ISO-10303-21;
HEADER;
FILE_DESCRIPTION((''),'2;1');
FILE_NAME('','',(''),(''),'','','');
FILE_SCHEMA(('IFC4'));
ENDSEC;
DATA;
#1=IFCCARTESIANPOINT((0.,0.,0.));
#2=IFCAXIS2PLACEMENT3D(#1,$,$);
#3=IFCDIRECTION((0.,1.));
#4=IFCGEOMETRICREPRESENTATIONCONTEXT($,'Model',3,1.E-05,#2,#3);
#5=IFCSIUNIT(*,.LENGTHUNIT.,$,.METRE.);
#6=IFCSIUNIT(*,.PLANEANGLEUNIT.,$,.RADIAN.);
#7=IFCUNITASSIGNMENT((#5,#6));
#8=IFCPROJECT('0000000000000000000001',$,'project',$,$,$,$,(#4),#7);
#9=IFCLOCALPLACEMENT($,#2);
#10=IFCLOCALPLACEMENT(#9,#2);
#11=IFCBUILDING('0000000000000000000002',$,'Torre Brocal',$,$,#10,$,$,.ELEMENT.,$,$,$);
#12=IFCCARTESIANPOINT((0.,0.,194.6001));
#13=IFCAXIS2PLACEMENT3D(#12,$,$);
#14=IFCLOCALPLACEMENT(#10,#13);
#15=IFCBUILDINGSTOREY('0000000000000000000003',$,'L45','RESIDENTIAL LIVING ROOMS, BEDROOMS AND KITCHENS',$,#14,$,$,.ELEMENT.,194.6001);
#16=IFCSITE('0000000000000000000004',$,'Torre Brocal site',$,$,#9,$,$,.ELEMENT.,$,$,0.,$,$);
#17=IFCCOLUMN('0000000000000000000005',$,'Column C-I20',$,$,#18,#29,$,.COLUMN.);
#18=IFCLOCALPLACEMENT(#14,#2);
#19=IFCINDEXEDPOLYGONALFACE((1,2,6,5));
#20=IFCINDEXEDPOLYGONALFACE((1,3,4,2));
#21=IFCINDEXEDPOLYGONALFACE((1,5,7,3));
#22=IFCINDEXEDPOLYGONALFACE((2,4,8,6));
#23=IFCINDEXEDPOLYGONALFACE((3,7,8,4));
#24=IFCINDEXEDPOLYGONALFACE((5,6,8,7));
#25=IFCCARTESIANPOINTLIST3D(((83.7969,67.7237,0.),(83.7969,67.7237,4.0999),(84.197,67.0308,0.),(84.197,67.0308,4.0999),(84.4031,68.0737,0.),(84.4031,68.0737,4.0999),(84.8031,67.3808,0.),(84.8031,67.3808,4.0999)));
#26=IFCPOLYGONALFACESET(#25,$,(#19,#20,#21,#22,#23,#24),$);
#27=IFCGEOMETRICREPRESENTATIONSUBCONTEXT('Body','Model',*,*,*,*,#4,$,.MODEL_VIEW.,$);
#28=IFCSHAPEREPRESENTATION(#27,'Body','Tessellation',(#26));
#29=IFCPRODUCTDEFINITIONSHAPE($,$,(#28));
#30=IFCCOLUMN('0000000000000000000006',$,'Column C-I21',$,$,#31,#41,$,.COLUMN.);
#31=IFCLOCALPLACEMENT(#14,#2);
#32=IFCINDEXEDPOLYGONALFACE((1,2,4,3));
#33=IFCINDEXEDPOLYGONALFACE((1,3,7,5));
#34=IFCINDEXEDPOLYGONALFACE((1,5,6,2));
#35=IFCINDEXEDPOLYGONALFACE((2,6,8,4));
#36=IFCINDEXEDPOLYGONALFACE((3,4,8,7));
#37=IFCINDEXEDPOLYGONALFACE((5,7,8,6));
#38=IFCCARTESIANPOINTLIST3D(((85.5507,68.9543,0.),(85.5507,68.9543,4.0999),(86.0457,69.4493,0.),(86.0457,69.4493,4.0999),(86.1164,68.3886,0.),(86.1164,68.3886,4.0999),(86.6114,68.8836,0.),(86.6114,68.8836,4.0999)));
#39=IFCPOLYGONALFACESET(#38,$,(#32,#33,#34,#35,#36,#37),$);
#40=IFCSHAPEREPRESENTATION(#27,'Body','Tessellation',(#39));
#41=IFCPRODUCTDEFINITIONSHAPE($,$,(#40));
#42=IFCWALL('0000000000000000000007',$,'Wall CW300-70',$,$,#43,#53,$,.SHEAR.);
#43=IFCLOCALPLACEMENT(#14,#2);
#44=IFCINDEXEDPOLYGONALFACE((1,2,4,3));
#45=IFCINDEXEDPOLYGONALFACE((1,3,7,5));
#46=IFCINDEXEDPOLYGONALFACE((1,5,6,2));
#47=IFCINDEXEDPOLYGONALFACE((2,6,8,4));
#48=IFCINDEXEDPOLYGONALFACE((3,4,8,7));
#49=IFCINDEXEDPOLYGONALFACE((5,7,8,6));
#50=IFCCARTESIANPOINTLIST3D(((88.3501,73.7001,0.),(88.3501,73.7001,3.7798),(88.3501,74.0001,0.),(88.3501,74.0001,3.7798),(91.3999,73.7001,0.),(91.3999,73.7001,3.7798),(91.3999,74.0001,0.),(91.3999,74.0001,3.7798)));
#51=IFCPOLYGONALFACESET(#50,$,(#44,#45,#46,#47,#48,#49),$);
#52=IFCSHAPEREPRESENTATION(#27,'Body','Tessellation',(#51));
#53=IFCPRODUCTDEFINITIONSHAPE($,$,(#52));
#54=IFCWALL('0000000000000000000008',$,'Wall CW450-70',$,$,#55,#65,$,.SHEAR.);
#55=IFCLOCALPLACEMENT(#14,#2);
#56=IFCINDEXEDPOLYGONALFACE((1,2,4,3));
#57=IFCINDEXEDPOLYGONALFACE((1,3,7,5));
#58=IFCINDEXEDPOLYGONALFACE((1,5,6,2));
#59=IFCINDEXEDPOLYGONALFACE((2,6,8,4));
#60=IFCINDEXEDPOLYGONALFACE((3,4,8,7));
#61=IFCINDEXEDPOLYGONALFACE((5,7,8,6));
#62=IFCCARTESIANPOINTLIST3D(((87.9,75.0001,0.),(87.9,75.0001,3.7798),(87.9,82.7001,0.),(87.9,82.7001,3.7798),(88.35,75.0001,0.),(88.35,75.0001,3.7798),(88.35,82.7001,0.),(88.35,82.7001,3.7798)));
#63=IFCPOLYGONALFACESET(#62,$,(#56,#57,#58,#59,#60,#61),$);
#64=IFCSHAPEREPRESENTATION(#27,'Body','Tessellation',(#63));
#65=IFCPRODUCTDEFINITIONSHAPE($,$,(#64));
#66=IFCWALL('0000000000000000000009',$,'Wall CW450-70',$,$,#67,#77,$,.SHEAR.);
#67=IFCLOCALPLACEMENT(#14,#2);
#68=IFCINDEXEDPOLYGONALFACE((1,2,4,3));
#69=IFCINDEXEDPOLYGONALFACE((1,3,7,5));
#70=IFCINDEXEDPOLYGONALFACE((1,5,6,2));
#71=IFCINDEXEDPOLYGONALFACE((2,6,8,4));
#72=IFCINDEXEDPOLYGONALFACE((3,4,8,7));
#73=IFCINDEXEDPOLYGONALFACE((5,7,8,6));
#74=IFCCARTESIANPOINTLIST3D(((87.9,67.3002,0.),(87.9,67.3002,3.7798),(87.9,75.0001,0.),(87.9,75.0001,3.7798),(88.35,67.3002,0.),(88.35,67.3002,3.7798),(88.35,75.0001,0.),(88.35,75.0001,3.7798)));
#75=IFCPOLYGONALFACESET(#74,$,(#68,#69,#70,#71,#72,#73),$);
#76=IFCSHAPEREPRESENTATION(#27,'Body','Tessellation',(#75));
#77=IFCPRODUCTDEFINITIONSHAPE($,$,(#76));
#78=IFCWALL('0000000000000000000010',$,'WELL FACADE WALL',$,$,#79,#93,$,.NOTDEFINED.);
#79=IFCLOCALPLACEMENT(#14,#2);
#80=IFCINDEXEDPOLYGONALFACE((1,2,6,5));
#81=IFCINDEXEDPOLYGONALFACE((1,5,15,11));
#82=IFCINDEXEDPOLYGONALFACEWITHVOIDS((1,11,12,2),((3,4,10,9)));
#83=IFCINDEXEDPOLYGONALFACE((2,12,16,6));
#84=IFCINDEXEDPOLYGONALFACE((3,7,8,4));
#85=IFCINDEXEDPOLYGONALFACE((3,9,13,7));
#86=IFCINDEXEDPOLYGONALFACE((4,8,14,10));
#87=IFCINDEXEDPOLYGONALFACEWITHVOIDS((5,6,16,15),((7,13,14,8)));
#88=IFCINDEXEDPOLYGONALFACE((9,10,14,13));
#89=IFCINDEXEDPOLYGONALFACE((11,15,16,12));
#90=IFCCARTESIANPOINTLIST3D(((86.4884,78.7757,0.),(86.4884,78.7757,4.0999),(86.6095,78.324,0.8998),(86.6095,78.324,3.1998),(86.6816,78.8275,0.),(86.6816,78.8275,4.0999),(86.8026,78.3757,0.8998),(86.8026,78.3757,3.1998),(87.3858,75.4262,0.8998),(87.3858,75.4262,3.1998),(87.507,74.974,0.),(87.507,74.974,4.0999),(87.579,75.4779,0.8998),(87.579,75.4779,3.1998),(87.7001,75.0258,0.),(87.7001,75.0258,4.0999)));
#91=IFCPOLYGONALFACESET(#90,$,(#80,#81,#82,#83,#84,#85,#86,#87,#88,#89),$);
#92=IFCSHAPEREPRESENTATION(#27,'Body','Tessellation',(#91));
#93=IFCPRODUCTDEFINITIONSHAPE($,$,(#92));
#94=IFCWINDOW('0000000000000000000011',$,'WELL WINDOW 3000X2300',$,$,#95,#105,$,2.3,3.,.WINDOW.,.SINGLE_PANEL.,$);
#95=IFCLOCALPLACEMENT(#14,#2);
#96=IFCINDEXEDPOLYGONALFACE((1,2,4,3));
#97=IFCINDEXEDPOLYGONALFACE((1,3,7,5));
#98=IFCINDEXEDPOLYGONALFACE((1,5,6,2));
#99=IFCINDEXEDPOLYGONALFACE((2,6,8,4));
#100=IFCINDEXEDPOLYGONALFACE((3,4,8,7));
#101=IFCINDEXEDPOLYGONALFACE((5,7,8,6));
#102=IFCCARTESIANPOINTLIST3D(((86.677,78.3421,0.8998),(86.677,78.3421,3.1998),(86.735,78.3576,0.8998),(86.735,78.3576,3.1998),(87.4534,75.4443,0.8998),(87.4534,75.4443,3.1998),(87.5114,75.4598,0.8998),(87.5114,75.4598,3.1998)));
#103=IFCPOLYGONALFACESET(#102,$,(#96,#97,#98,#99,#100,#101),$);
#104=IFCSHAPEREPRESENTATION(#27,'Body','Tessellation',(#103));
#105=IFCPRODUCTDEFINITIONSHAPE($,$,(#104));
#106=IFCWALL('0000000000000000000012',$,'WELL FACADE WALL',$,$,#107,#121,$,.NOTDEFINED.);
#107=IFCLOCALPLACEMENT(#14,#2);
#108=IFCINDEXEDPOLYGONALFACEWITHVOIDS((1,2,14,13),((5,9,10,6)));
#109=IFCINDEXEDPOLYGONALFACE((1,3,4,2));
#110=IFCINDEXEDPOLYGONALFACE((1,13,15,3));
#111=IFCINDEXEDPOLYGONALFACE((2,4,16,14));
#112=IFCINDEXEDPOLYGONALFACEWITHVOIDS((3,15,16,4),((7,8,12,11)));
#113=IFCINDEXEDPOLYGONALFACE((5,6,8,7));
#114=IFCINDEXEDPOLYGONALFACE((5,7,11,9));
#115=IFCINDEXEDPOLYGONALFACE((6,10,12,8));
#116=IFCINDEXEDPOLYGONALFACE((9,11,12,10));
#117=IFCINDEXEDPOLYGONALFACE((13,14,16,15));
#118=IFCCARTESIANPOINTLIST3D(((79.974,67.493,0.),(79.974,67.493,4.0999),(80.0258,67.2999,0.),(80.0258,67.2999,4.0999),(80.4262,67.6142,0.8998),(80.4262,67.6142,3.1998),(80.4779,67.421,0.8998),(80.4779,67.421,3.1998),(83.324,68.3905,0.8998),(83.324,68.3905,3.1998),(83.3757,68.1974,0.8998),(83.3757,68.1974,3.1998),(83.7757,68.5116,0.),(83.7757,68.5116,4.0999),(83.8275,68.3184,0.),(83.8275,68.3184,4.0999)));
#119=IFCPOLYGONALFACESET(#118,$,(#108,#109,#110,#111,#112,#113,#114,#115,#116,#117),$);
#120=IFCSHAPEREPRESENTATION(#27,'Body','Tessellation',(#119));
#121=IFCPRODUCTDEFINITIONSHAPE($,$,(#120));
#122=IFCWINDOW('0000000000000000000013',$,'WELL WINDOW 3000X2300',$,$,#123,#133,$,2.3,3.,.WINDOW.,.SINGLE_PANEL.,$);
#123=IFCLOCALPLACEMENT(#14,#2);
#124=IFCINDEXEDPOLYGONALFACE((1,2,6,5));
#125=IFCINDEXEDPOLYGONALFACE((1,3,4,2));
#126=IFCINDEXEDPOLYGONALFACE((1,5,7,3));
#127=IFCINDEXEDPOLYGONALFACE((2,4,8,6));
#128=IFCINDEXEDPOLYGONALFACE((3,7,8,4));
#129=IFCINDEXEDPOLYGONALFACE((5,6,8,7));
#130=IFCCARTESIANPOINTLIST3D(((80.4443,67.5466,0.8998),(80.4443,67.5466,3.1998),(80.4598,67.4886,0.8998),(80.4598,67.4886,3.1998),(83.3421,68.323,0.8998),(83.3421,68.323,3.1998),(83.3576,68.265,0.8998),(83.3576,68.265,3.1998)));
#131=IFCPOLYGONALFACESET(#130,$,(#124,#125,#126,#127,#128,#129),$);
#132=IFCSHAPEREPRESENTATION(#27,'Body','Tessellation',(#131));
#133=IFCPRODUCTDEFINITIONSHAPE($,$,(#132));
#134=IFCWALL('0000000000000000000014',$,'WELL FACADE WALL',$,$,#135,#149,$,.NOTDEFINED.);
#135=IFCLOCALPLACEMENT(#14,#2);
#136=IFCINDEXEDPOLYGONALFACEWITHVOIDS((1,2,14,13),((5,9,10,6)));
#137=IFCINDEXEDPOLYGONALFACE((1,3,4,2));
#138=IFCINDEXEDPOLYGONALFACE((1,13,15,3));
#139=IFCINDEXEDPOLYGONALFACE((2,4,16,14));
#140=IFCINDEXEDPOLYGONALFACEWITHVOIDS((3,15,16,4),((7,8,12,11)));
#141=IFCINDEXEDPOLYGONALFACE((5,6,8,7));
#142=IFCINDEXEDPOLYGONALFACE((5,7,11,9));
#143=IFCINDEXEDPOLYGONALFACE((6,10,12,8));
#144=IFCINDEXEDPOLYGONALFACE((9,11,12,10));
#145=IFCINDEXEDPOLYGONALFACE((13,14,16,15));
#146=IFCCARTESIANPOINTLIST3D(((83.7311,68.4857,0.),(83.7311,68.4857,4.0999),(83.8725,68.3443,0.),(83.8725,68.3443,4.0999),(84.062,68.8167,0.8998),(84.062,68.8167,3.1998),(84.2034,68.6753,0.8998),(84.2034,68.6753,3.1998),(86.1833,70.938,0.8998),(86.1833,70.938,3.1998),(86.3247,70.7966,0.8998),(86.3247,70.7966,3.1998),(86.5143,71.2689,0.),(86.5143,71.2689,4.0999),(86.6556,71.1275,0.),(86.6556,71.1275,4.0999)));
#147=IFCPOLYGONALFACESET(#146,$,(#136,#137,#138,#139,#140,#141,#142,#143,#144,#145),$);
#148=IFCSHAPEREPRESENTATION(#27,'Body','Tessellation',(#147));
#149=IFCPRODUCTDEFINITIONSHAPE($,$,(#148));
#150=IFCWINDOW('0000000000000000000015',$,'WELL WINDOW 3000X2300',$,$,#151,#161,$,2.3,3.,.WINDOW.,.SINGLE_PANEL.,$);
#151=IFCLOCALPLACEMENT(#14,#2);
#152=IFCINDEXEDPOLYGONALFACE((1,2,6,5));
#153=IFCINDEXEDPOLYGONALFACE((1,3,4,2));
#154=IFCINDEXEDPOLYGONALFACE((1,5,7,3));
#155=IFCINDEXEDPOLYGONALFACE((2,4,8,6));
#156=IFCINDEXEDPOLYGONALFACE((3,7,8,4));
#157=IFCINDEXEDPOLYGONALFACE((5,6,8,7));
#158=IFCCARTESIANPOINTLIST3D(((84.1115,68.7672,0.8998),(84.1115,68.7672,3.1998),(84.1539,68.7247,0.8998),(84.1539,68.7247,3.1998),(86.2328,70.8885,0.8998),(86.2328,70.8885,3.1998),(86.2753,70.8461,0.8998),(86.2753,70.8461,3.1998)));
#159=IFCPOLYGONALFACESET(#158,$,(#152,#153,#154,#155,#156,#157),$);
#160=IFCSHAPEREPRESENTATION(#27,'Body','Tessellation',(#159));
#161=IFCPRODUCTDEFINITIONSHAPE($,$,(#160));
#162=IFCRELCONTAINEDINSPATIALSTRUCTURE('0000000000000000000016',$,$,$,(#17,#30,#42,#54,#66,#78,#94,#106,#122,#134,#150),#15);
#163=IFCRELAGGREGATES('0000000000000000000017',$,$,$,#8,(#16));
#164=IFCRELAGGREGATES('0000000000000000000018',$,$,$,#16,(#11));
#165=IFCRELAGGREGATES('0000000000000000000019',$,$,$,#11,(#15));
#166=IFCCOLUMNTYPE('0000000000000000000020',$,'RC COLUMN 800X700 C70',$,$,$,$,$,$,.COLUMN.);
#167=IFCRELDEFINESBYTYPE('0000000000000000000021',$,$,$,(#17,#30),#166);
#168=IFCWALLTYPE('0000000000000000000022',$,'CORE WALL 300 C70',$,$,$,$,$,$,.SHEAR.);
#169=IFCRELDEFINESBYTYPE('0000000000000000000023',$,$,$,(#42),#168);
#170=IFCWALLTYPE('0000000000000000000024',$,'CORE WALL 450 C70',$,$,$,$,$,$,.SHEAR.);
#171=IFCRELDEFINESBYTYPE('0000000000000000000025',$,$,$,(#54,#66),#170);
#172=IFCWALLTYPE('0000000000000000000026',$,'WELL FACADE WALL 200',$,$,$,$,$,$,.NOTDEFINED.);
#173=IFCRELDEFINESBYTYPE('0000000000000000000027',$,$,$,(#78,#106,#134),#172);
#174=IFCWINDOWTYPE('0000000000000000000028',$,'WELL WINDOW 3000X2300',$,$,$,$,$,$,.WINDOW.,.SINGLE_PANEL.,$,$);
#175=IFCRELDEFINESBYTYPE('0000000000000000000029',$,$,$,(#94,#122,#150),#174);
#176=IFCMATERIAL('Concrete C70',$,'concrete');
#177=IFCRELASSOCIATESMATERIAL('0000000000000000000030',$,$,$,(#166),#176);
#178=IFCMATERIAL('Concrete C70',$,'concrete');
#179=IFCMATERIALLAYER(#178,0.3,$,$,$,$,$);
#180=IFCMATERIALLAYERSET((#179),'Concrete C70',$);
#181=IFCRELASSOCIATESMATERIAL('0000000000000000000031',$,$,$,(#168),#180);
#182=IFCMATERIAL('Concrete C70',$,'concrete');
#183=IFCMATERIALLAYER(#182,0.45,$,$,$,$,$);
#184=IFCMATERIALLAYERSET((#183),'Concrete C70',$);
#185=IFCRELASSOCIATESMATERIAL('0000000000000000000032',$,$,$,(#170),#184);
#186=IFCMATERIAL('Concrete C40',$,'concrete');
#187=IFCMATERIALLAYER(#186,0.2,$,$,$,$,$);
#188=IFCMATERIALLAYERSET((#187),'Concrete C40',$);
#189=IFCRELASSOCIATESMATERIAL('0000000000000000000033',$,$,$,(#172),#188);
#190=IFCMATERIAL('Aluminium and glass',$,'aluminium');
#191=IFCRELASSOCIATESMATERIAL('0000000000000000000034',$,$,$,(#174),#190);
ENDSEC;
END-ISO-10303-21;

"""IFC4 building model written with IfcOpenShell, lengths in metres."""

from ifc_helpers import new_model, si_unit, direction, frame, frame_2d, origin, origin_2d, place, context, subcontext, project, spatial, rectangle, extrude, material, layer, layer_set, material_profile, profile_set, type_object, element, fill, save


model = new_model("IFC4")

# Units and contexts
model_context = context("Model", 3, precision=1e-05, world=origin(), true_north=direction((0.0, 1.0)))
body_context = subcontext(model_context, "Body", "Model", "MODEL_VIEW")
ifc_project = project(units=[si_unit("LENGTHUNIT", "METRE"), si_unit("PLANEANGLEUNIT", "RADIAN")], contexts=[model_context])

# Site, building, storey
site_placement = place(None, origin())
site = spatial("IfcSite", under=ifc_project, at=site_placement, Name="Torre Brocal site", CompositionType="ELEMENT", RefElevation=0.0)
building_placement = place(site_placement, origin())
building = spatial("IfcBuilding", under=site, at=building_placement, Name="Torre Brocal", CompositionType="ELEMENT")
storey_placement = place(building_placement, frame((0.0, 0.0, 194.6001)))
storey = spatial("IfcBuildingStorey", under=building, at=storey_placement, Name="L45", Description="RESIDENTIAL LIVING ROOMS, BEDROOMS AND KITCHENS", CompositionType="ELEMENT", Elevation=194.6001)

# Columns
ifc_material_1 = material(Name="Concrete C70", Category="concrete")
ifc_material_profile = material_profile(ifc_material_1, rectangle(XDim=0.8, YDim=0.7, at=origin_2d()), Name="RC 800X700")
ifc_profile_set = profile_set([ifc_material_profile], Name="Concrete C70")
column_type = type_object("IfcColumnType", Name="RC COLUMN 800X700 C70", PredefinedType="COLUMN", material=ifc_profile_set)
for number, where, z_axis, x_axis, name in (
    (1, (84.3, 67.5522, 0.0), (0.0, 0.0, 1.0), (0.5, -0.866025, 0.0), "Column C-I20"),
    (2, (86.0811, 68.9189, 0.0), (0.0, 0.0, 1.0), (0.707107, -0.707107, 0.0), "Column C-I21"),
):
    element("IfcColumn", number, at=place(storey_placement, frame(where, z_axis=z_axis, x_axis=x_axis)), inside=storey, type_object=column_type, Name=name, PredefinedType="COLUMN", context=body_context, shape_type="SweptSolid", body=[
        extrude(rectangle(XDim=0.8, YDim=0.7, at=origin_2d()), origin(), (0.0, 0.0, 1.0), 4.0999),
    ])

# Walls
ifc_material_2 = material(Name="Concrete C70", Category="concrete")
ifc_layer_1 = layer(ifc_material_2, 0.3)
ifc_layer_set_1 = layer_set([ifc_layer_1], Name="Concrete C70")
wall_type_1 = type_object("IfcWallType", Name="CORE WALL 300 C70", PredefinedType="SHEAR", material=ifc_layer_set_1)
wall_1_placement = place(storey_placement, frame((88.3501, 73.8501, 0.0), z_axis=(0.0, 0.0, 1.0), x_axis=(1.0, 0.0, 0.0)))
element("IfcWall", 3, at=wall_1_placement, inside=storey, type_object=wall_type_1, Name="Wall CW300-70", PredefinedType="SHEAR", context=body_context, shape_type="SweptSolid", body=[
    extrude(rectangle(XDim=3.0498, YDim=0.3, at=frame_2d((1.5249, 0.0))), origin(), (0.0, 0.0, 1.0), 3.7798),
])
ifc_material_3 = material(Name="Concrete C70", Category="concrete")
ifc_layer_2 = layer(ifc_material_3, 0.45)
ifc_layer_set_2 = layer_set([ifc_layer_2], Name="Concrete C70")
wall_type_2 = type_object("IfcWallType", Name="CORE WALL 450 C70", PredefinedType="SHEAR", material=ifc_layer_set_2)
for number, where, z_axis, x_axis, name in (
    (4, (88.125, 75.0, 0.0), (0.0, 0.0, 1.0), (0.0, 1.0, 0.0), "Wall CW450-70"),
    (5, (88.125, 67.3, 0.0), (0.0, 0.0, 1.0), (0.0, 1.0, 0.0), "Wall CW450-70"),
):
    element("IfcWall", number, at=place(storey_placement, frame(where, z_axis=z_axis, x_axis=x_axis)), inside=storey, type_object=wall_type_2, Name=name, PredefinedType="SHEAR", context=body_context, shape_type="SweptSolid", body=[
        extrude(rectangle(XDim=7.7, YDim=0.45, at=frame_2d((3.8501, 0.0))), origin(), (0.0, 0.0, 1.0), 3.7798),
    ])

# Walls, openings, windows
ifc_material_4 = material(Name="Concrete C40", Category="concrete")
ifc_layer_3 = layer(ifc_material_4, 0.2)
ifc_layer_set_3 = layer_set([ifc_layer_3], Name="Concrete C40")
wall_type_3 = type_object("IfcWallType", Name="WELL FACADE WALL 200", PredefinedType="NOTDEFINED", material=ifc_layer_set_3)
wall_2_placement = place(storey_placement, frame((87.6035, 75.0, 0.0), z_axis=(0.0, 0.0, 1.0), x_axis=(-0.25879, 0.965934, 0.0)))
wall_2 = element("IfcWall", 6, at=wall_2_placement, inside=storey, type_object=wall_type_3, Name="WELL FACADE WALL", PredefinedType="NOTDEFINED", context=body_context, shape_type="SweptSolid", body=[
    extrude(rectangle(XDim=3.9358, YDim=0.2, at=frame_2d((1.9678, 0.0))), origin(), (0.0, 0.0, 1.0), 4.0999),
])
opening_1_placement = place(wall_2_placement, frame((0.468, 0.0, 0.8999)))
opening_1 = element("IfcOpeningElement", 7, at=opening_1_placement, cuts=wall_2, PredefinedType="OPENING", context=body_context, shape_type="SweptSolid", body=[
    extrude(rectangle(XDim=3.0, YDim=2.3, at=frame_2d((1.5, 1.1499))), frame((0.0, 0.1099, 0.0), z_axis=(0.0, -1.0, 0.0), x_axis=(1.0, 0.0, 0.0)), (0.0, 0.0, 1.0), 0.22),
])
ifc_material_5 = material(Name="Aluminium and glass", Category="aluminium")
window_type = type_object("IfcWindowType", Name="WELL WINDOW 3000X2300", PartitioningType="SINGLE_PANEL", PredefinedType="WINDOW", material=ifc_material_5)
window_1_placement = place(opening_1_placement, origin())
window_1 = element("IfcWindow", 8, at=window_1_placement, inside=storey, type_object=window_type, Name="WELL WINDOW 3000X2300", OverallHeight=2.3, OverallWidth=3.0, PartitioningType="SINGLE_PANEL", PredefinedType="WINDOW", context=body_context, shape_type="SweptSolid", body=[
    extrude(rectangle(XDim=3.0, YDim=2.3, at=frame_2d((1.5, 1.1499))), frame((0.0, 0.03, 0.0), z_axis=(0.0, -1.0, 0.0), x_axis=(1.0, 0.0, 0.0)), (0.0, 0.0, 1.0), 0.0601),
])
fill(opening_1, window_1)
wall_3_placement = place(storey_placement, frame((80.0, 67.3965, 0.0), z_axis=(0.0, 0.0, 1.0), x_axis=(0.965934, 0.25879, 0.0)))
wall_3 = element("IfcWall", 9, at=wall_3_placement, inside=storey, type_object=wall_type_3, Name="WELL FACADE WALL", PredefinedType="NOTDEFINED", context=body_context, shape_type="SweptSolid", body=[
    extrude(rectangle(XDim=3.9358, YDim=0.2, at=frame_2d((1.9678, 0.0))), origin(), (0.0, 0.0, 1.0), 4.0999),
])
opening_2_placement = place(wall_3_placement, frame((0.468, 0.0, 0.8999)))
opening_2 = element("IfcOpeningElement", 10, at=opening_2_placement, cuts=wall_3, PredefinedType="OPENING", context=body_context, shape_type="SweptSolid", body=[
    extrude(rectangle(XDim=3.0, YDim=2.3, at=frame_2d((1.5, 1.1499))), frame((0.0, 0.1099, 0.0), z_axis=(0.0, -1.0, 0.0), x_axis=(1.0, 0.0, 0.0)), (0.0, 0.0, 1.0), 0.22),
])
window_2_placement = place(opening_2_placement, origin())
window_2 = element("IfcWindow", 11, at=window_2_placement, inside=storey, type_object=window_type, Name="WELL WINDOW 3000X2300", OverallHeight=2.3, OverallWidth=3.0, PartitioningType="SINGLE_PANEL", PredefinedType="WINDOW", context=body_context, shape_type="SweptSolid", body=[
    extrude(rectangle(XDim=3.0, YDim=2.3, at=frame_2d((1.5, 1.1499))), frame((0.0, 0.03, 0.0), z_axis=(0.0, -1.0, 0.0), x_axis=(1.0, 0.0, 0.0)), (0.0, 0.0, 1.0), 0.0601),
])
fill(opening_2, window_2)
wall_4_placement = place(storey_placement, frame((83.8018, 68.415, 0.0), z_axis=(0.0, 0.0, 1.0), x_axis=(0.707107, 0.707107, 0.0)))
wall_4 = element("IfcWall", 12, at=wall_4_placement, inside=storey, type_object=wall_type_3, Name="WELL FACADE WALL", PredefinedType="NOTDEFINED", context=body_context, shape_type="SweptSolid", body=[
    extrude(rectangle(XDim=3.936, YDim=0.2, at=frame_2d((1.968, 0.0))), origin(), (0.0, 0.0, 1.0), 4.0999),
])
opening_3_placement = place(wall_4_placement, frame((0.468, 0.0, 0.8999)))
opening_3 = element("IfcOpeningElement", 13, at=opening_3_placement, cuts=wall_4, PredefinedType="OPENING", context=body_context, shape_type="SweptSolid", body=[
    extrude(rectangle(XDim=3.0, YDim=2.3, at=frame_2d((1.5, 1.1499))), frame((0.0, 0.1099, 0.0), z_axis=(0.0, -1.0, 0.0), x_axis=(1.0, 0.0, 0.0)), (0.0, 0.0, 1.0), 0.22),
])
window_3_placement = place(opening_3_placement, origin())
window_3 = element("IfcWindow", 14, at=window_3_placement, inside=storey, type_object=window_type, Name="WELL WINDOW 3000X2300", OverallHeight=2.3, OverallWidth=3.0, PartitioningType="SINGLE_PANEL", PredefinedType="WINDOW", context=body_context, shape_type="SweptSolid", body=[
    extrude(rectangle(XDim=3.0, YDim=2.3, at=frame_2d((1.5, 1.1499))), frame((0.0, 0.03, 0.0), z_axis=(0.0, -1.0, 0.0), x_axis=(1.0, 0.0, 0.0)), (0.0, 0.0, 1.0), 0.0601),
])
fill(opening_3, window_3)

save(model, "model.ifc")
